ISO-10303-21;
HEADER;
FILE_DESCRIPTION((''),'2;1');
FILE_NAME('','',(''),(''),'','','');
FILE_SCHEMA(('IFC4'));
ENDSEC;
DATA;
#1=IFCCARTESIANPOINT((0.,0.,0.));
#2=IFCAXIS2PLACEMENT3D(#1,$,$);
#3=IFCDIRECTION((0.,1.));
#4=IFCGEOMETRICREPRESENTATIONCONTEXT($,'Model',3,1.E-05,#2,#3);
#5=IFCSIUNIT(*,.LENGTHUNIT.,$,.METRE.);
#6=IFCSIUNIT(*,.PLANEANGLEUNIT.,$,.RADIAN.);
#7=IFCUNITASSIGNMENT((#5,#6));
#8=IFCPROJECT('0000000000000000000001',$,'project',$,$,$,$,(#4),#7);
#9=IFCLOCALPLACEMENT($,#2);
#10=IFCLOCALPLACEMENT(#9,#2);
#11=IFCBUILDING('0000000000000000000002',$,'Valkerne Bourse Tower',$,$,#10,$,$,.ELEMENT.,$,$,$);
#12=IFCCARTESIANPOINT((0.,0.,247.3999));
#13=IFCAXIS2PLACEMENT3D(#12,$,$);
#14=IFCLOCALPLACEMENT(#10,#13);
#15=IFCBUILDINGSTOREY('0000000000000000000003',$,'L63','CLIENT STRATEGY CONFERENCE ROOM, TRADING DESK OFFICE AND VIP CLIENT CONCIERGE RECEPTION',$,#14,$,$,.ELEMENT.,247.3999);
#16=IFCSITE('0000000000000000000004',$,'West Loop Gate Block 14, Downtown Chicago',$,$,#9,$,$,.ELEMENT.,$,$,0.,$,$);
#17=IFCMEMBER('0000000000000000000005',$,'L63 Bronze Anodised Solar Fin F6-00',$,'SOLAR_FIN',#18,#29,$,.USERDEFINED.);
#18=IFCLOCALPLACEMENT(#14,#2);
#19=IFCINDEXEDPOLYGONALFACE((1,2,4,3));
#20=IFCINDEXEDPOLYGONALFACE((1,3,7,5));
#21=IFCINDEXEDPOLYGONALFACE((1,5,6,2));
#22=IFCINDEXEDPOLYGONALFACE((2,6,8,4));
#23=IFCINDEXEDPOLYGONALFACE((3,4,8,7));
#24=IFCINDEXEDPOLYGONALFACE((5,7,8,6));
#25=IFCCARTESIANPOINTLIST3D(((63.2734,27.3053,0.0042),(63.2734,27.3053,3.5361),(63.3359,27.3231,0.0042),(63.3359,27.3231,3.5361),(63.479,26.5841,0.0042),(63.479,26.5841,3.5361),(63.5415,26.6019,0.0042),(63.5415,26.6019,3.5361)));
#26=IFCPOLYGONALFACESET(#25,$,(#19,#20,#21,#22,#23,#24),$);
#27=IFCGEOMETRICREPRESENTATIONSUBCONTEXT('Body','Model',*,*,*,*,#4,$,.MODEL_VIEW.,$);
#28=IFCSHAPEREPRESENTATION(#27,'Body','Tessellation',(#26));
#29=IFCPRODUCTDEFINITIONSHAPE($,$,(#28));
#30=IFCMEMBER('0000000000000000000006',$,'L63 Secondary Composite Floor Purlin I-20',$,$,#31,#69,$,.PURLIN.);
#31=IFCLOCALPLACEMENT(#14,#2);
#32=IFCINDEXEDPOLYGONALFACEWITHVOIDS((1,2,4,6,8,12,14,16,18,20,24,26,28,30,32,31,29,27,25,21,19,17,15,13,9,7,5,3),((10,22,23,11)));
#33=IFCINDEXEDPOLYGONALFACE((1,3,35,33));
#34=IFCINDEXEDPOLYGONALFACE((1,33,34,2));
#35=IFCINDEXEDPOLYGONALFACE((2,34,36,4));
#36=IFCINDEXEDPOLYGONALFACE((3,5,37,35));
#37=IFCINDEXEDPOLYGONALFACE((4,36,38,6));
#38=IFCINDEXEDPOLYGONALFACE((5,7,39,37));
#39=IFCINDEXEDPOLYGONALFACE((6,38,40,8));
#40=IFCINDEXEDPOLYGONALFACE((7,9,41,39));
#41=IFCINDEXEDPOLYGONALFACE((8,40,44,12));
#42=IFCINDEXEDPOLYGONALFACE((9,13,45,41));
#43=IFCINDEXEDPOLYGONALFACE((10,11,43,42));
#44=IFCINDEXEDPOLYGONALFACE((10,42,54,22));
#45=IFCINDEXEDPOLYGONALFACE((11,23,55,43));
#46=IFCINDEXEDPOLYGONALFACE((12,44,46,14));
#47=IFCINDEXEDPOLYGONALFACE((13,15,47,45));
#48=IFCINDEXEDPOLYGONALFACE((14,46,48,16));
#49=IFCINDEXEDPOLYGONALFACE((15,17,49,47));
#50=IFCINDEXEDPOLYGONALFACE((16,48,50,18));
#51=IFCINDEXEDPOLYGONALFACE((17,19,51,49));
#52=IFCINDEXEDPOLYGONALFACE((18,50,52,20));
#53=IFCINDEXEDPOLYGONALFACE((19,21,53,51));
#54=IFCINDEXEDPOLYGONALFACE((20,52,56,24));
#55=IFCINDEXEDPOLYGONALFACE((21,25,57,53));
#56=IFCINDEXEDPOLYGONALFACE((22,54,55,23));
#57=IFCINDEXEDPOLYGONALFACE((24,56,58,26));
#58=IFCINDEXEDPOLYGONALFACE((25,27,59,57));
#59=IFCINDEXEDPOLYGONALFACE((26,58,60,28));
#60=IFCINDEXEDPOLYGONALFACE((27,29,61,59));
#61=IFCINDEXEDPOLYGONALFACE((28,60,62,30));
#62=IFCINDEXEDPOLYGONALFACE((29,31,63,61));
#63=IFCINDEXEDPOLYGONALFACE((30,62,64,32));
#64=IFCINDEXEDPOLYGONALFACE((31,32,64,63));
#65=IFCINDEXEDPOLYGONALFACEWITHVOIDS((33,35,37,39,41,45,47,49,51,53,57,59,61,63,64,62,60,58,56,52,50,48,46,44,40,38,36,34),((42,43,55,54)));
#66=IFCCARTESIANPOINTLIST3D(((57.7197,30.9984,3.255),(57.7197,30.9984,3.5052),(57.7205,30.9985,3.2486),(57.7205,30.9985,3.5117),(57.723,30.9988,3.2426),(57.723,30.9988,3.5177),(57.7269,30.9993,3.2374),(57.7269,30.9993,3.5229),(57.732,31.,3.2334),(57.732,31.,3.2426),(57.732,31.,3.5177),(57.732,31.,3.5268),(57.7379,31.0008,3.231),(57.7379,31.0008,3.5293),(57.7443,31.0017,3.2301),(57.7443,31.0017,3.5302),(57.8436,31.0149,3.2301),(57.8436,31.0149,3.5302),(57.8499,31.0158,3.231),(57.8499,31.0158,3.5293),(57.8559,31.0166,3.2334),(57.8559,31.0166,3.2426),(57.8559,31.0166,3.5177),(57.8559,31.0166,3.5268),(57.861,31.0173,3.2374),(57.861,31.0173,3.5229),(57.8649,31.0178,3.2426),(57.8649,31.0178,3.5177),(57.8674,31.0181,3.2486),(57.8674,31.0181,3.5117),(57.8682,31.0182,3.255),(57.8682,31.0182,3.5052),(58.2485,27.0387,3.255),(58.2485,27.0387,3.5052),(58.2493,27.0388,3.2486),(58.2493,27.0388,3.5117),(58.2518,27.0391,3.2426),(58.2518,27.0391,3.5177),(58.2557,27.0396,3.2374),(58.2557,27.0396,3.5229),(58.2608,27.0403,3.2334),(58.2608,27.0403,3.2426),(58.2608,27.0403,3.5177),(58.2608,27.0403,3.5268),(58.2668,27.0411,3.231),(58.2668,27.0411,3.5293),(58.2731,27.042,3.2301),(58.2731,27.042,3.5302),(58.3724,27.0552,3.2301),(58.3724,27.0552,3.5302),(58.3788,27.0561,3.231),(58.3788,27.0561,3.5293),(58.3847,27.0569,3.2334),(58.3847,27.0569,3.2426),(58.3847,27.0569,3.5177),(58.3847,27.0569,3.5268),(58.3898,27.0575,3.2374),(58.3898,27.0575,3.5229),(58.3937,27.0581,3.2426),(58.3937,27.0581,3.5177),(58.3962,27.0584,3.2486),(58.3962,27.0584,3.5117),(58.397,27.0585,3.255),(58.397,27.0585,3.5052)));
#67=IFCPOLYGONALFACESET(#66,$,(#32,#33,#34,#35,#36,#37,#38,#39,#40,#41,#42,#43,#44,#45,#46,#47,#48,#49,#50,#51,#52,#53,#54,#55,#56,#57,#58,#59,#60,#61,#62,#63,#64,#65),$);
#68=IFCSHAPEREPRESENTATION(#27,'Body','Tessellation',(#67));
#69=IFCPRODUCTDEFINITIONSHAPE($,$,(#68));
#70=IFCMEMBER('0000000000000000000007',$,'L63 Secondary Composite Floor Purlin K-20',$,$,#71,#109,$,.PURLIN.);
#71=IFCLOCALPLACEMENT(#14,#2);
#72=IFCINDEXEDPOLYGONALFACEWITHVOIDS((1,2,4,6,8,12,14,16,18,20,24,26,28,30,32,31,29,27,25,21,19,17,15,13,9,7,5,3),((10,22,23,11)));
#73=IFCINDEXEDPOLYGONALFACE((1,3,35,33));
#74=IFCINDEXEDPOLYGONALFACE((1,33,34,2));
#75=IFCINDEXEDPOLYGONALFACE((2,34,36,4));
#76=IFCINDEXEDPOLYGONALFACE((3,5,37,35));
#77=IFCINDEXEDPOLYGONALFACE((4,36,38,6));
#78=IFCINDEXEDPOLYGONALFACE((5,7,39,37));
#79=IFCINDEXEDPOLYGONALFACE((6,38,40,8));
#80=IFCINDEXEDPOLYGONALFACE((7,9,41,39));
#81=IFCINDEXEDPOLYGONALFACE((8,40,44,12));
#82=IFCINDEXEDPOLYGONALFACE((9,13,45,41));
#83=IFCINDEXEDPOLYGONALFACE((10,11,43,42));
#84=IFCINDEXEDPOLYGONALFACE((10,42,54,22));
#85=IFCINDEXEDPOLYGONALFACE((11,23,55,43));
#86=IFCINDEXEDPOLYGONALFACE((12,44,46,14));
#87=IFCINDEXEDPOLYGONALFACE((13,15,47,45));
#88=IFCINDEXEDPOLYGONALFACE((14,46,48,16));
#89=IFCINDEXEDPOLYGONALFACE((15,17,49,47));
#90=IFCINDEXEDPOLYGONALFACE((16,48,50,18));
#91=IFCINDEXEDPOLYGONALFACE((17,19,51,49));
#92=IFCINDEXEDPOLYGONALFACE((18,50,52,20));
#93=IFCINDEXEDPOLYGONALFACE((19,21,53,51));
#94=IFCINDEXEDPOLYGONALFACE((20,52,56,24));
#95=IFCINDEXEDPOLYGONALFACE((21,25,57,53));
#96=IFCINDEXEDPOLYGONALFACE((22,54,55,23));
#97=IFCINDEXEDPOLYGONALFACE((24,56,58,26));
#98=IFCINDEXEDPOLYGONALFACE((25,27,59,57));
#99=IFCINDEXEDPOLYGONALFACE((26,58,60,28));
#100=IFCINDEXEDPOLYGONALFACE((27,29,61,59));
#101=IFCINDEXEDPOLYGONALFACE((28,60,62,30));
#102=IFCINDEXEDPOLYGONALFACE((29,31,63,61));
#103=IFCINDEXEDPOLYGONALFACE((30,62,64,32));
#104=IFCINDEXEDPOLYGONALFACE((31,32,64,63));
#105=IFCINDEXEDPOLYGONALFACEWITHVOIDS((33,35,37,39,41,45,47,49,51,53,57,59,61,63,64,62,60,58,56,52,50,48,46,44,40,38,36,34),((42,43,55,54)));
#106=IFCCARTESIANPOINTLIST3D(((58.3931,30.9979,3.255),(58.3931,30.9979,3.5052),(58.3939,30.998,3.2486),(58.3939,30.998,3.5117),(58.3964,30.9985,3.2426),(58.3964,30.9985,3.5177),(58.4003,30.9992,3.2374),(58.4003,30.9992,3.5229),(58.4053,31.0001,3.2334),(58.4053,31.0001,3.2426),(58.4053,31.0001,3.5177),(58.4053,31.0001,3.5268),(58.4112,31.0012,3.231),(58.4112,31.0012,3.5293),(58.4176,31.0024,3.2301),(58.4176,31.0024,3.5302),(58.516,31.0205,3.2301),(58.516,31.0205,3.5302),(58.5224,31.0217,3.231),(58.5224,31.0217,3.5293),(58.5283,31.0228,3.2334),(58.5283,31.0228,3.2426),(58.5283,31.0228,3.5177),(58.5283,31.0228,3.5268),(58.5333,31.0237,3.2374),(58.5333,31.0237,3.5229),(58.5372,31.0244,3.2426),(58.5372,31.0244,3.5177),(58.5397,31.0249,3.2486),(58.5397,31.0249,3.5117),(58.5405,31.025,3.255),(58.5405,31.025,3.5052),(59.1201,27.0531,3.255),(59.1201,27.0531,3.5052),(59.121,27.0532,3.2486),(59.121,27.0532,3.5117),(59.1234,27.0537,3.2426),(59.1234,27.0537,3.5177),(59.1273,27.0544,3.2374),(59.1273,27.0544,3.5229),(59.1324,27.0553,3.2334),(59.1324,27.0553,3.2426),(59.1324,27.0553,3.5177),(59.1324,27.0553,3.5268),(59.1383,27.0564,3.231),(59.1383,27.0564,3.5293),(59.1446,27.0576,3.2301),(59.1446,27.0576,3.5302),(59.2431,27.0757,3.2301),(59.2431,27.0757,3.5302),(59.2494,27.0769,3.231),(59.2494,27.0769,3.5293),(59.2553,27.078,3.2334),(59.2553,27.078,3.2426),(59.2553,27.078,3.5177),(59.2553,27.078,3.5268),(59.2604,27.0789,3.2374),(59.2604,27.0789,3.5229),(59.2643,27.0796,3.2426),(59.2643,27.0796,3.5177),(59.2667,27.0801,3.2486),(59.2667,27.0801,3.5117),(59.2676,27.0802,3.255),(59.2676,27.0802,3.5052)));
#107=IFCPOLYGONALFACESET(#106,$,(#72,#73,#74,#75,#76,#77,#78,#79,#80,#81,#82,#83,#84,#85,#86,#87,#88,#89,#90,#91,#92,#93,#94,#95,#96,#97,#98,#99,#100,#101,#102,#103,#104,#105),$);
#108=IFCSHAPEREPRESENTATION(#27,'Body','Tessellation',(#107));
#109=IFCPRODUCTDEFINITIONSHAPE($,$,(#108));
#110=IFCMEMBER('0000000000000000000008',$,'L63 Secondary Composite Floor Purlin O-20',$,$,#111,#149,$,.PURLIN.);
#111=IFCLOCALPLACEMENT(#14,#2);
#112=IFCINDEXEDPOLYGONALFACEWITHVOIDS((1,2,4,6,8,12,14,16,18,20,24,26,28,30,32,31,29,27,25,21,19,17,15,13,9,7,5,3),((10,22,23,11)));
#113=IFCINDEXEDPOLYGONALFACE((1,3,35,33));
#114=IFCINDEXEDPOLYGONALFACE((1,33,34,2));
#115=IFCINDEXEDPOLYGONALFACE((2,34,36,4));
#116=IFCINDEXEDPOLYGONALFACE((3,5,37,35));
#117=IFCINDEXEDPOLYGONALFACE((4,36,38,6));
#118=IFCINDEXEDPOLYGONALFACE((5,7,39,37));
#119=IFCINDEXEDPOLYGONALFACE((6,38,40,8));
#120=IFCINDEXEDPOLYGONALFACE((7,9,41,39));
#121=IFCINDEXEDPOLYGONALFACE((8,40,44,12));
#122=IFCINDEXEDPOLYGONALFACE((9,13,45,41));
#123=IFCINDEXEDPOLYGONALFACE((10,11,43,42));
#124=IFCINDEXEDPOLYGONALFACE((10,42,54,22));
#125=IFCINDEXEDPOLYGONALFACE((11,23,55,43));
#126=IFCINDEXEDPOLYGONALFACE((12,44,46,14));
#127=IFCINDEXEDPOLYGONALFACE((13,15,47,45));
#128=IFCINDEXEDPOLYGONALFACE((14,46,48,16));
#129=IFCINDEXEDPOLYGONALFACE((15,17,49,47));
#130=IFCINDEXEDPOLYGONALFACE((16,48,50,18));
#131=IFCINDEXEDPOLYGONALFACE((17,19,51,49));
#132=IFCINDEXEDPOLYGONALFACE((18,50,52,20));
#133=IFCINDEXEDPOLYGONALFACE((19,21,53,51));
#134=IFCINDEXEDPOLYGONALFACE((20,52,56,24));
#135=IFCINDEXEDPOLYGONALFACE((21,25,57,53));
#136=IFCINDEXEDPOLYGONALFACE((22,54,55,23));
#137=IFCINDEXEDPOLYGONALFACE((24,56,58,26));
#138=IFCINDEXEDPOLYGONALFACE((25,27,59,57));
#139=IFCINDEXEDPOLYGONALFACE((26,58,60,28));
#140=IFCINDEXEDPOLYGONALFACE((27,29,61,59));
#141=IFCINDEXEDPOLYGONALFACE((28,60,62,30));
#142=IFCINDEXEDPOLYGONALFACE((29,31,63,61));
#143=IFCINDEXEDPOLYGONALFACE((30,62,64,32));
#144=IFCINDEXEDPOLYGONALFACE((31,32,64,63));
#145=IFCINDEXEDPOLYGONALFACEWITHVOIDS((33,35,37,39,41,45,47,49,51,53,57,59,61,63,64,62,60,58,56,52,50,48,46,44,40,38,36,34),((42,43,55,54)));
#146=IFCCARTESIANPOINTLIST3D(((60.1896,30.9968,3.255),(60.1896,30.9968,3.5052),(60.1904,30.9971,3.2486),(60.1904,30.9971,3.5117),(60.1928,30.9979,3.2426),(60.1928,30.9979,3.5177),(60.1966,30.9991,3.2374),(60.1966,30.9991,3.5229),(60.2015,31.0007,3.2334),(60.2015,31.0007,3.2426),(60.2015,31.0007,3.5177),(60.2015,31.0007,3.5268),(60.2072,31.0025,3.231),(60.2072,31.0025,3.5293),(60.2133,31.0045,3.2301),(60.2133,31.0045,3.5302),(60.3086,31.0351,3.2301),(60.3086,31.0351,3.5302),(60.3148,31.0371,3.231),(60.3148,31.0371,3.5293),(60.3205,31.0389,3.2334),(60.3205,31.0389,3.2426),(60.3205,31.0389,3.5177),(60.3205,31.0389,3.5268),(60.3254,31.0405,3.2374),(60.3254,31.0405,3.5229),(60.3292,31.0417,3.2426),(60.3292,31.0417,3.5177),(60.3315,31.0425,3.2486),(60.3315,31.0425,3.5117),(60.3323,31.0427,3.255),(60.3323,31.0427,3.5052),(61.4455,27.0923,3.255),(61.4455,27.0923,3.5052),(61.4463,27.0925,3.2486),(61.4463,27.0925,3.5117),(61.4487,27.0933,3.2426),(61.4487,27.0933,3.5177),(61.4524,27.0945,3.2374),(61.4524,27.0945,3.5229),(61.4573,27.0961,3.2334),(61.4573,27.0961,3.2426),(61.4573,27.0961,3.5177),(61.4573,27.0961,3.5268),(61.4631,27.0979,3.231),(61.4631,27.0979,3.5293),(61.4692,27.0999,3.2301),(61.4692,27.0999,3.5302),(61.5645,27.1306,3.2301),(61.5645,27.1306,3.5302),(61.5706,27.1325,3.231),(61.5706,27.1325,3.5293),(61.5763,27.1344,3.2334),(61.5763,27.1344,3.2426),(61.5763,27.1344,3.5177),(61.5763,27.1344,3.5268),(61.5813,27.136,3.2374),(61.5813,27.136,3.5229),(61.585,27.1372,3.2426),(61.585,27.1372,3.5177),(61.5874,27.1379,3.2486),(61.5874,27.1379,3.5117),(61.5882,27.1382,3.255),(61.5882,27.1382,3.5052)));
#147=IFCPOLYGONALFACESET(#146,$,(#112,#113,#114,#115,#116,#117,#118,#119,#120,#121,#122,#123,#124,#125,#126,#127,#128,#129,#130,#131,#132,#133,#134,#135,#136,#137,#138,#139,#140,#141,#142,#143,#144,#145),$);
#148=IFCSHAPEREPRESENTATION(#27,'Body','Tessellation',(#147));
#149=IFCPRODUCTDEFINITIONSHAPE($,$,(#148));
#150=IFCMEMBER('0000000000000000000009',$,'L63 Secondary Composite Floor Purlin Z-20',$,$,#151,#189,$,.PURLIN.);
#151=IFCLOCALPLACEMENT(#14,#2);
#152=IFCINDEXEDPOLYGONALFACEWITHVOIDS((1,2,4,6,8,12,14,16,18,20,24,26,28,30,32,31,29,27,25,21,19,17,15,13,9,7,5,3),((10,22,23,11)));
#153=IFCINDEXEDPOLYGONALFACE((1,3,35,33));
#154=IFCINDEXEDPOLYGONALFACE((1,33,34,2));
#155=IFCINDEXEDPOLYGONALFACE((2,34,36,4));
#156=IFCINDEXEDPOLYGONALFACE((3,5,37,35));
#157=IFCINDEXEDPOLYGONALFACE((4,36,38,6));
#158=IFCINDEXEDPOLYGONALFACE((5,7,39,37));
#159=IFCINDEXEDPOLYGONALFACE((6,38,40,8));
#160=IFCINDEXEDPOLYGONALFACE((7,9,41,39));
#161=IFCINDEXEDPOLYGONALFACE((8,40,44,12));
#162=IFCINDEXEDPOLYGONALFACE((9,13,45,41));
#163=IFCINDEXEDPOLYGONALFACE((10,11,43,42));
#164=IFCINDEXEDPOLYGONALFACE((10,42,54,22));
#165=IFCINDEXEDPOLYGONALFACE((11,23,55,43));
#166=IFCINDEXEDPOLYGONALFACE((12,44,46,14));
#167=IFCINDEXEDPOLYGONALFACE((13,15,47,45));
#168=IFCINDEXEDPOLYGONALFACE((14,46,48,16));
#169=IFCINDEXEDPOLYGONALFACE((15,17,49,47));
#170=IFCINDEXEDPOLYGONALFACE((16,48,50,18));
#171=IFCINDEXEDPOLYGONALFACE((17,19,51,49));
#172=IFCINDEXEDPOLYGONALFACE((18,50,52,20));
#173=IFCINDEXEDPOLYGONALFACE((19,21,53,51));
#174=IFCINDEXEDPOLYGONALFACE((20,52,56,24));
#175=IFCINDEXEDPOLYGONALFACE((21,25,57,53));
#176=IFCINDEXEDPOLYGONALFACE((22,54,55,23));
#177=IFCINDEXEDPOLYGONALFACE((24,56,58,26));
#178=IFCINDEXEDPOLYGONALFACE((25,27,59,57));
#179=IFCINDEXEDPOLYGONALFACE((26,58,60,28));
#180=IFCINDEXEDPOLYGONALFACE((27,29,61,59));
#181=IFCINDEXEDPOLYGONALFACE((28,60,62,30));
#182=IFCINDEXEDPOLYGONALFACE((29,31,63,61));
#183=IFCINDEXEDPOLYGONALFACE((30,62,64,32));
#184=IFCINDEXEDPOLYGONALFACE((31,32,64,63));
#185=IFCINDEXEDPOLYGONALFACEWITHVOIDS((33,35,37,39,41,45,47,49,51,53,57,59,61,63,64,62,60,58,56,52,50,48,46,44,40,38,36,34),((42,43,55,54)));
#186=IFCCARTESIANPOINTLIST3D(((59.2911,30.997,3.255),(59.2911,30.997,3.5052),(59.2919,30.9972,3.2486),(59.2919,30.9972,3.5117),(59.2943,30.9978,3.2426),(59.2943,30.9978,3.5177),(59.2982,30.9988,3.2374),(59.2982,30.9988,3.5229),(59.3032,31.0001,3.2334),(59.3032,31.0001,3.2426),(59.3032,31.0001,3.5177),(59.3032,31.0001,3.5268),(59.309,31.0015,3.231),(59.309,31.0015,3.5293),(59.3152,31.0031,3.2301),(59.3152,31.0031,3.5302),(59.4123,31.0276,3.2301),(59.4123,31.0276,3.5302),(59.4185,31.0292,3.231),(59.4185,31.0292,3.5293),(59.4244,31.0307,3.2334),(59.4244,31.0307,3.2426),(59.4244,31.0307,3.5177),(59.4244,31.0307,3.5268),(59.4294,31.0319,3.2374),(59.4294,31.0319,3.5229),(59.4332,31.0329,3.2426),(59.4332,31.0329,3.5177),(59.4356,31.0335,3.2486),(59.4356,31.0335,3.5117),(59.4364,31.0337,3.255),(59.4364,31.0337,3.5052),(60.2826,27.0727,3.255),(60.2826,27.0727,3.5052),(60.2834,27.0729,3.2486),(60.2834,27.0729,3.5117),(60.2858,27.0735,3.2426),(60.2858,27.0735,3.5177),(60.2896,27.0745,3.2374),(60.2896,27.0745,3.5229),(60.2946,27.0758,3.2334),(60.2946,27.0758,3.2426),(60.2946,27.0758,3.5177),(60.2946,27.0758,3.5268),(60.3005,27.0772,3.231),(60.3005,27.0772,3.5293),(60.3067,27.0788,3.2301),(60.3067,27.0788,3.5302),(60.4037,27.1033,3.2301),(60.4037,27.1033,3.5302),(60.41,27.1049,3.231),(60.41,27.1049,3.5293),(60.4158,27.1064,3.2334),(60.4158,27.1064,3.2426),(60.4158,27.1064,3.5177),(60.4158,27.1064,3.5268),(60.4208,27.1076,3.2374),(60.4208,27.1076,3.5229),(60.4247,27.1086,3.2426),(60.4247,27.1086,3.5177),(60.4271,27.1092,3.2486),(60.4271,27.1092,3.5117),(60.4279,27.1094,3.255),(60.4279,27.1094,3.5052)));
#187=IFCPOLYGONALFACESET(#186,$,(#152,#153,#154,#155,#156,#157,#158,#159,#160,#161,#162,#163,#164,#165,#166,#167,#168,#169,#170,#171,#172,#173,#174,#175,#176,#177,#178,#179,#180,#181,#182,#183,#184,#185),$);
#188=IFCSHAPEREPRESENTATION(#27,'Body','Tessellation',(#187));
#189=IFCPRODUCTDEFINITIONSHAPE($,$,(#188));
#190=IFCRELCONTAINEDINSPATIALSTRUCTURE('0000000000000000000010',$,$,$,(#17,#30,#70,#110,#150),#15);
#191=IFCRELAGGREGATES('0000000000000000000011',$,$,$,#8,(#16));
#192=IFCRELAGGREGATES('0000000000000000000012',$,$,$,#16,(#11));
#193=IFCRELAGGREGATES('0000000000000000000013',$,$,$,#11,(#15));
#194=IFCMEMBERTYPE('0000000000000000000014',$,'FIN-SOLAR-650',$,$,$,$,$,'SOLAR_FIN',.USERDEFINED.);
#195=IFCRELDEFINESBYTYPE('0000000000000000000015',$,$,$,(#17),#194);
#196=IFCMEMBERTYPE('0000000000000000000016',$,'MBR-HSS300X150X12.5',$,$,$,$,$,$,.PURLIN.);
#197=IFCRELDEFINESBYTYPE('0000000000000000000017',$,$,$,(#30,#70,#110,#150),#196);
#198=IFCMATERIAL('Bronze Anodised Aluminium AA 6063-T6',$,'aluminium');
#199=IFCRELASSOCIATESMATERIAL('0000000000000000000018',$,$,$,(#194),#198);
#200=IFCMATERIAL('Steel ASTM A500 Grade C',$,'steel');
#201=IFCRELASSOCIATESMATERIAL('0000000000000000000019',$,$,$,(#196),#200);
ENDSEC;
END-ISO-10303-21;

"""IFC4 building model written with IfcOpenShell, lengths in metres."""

from ifc_helpers import new_model, si_unit, direction, frame, origin, origin_2d, place, context, subcontext, project, spatial, rectangle, hollow_rectangle, extrude, material, material_profile, profile_set, type_object, element, save


model = new_model("IFC4")

# Units and contexts
model_context = context("Model", 3, precision=1e-05, world=origin(), true_north=direction((0.0, 1.0)))
body_context = subcontext(model_context, "Body", "Model", "MODEL_VIEW")
ifc_project = project(units=[si_unit("LENGTHUNIT", "METRE"), si_unit("PLANEANGLEUNIT", "RADIAN")], contexts=[model_context])

# Site, building, storey
site_placement = place(None, origin())
site = spatial("IfcSite", under=ifc_project, at=site_placement, Name="West Loop Gate Block 14, Downtown Chicago", CompositionType="ELEMENT", RefElevation=0.0)
building_placement = place(site_placement, origin())
building = spatial("IfcBuilding", under=site, at=building_placement, Name="Valkerne Bourse Tower", CompositionType="ELEMENT")
storey_placement = place(building_placement, frame((0.0, 0.0, 247.3999)))
storey = spatial("IfcBuildingStorey", under=building, at=storey_placement, Name="L63", Description="CLIENT STRATEGY CONFERENCE ROOM, TRADING DESK OFFICE AND VIP CLIENT CONCIERGE RECEPTION", CompositionType="ELEMENT", Elevation=247.3999)

# Members
ifc_material_1 = material(Name="Bronze Anodised Aluminium AA 6063-T6", Category="aluminium")
ifc_material_profile_1 = material_profile(ifc_material_1, rectangle(XDim=0.0649, YDim=0.75, at=origin_2d()), Name="FIN-65X750")
ifc_profile_set_1 = profile_set([ifc_material_profile_1], Name="Bronze Anodised Aluminium AA 6063-T6")
member_type_1 = type_object("IfcMemberType", Name="FIN-SOLAR-650", ElementType="SOLAR_FIN", PredefinedType="USERDEFINED", material=ifc_profile_set_1)
for number, where, z_axis, x_axis, name in (
    (1, (63.4075, 26.9536, 0.0042), (0.0, 0.0, 1.0), (0.961693, 0.274129, 0.0), "L63 Bronze Anodised Solar Fin F6-00"),
):
    element("IfcMember", number, at=place(storey_placement, frame(where, z_axis=z_axis, x_axis=x_axis)), inside=storey, type_object=member_type_1, Name=name, ObjectType="SOLAR_FIN", PredefinedType="USERDEFINED", context=body_context, shape_type="SweptSolid", body=[
        extrude(rectangle(XDim=0.0649, YDim=0.75, at=origin_2d()), origin(), (0.0, 0.0, 1.0), 3.532),
    ])
ifc_material_2 = material(Name="Steel ASTM A500 Grade C", Category="steel")
ifc_material_profile_2 = material_profile(ifc_material_2, hollow_rectangle(XDim=0.1499, YDim=0.3, WallThickness=0.0125, OuterFilletRadius=0.0249, at=origin_2d()), Name="HSS300X150X12.5")
ifc_profile_set_2 = profile_set([ifc_material_profile_2], Name="Steel ASTM A500 Grade C")
member_type_2 = type_object("IfcMemberType", Name="MBR-HSS300X150X12.5", PredefinedType="PURLIN", material=ifc_profile_set_2)
member_1_placement = place(storey_placement, frame((58.3228, 27.0486, 3.3801), z_axis=(-0.132372, 0.9912, 0.0), x_axis=(-0.9912, -0.132372, 0.0)))
element("IfcMember", 2, at=member_1_placement, inside=storey, type_object=member_type_2, Name="L63 Secondary Composite Floor Purlin I-20", PredefinedType="PURLIN", context=body_context, shape_type="SweptSolid", body=[
    extrude(hollow_rectangle(XDim=0.1499, YDim=0.3, WallThickness=0.0125, OuterFilletRadius=0.0249, at=origin_2d()), origin(), (0.0, 0.0, 1.0), 3.9949),
])
member_2_placement = place(storey_placement, frame((59.1938, 27.0667, 3.3801), z_axis=(-0.181252, 0.983437, 0.0), x_axis=(-0.983437, -0.181252, 0.0)))
element("IfcMember", 3, at=member_2_placement, inside=storey, type_object=member_type_2, Name="L63 Secondary Composite Floor Purlin K-20", PredefinedType="PURLIN", context=body_context, shape_type="SweptSolid", body=[
    extrude(hollow_rectangle(XDim=0.1499, YDim=0.3, WallThickness=0.0125, OuterFilletRadius=0.0249, at=origin_2d()), origin(), (0.0, 0.0, 1.0), 4.0112),
])
member_3_placement = place(storey_placement, frame((61.5168, 27.1152, 3.3801), z_axis=(-0.306192, 0.95197, 0.0), x_axis=(-0.95197, -0.306192, 0.0)))
element("IfcMember", 4, at=member_3_placement, inside=storey, type_object=member_type_2, Name="L63 Secondary Composite Floor Purlin O-20", PredefinedType="PURLIN", context=body_context, shape_type="SweptSolid", body=[
    extrude(hollow_rectangle(XDim=0.1499, YDim=0.3, WallThickness=0.0125, OuterFilletRadius=0.0249, at=origin_2d()), origin(), (0.0, 0.0, 1.0), 4.1016),
])
member_4_placement = place(storey_placement, frame((60.3552, 27.0911, 3.3801), z_axis=(-0.244948, 0.969536, 0.0), x_axis=(-0.969536, -0.244948, 0.0)))
element("IfcMember", 5, at=member_4_placement, inside=storey, type_object=member_type_2, Name="L63 Secondary Composite Floor Purlin Z-20", PredefinedType="PURLIN", context=body_context, shape_type="SweptSolid", body=[
    extrude(hollow_rectangle(XDim=0.1499, YDim=0.3, WallThickness=0.0125, OuterFilletRadius=0.0249, at=origin_2d()), origin(), (0.0, 0.0, 1.0), 4.0476),
])

save(model, "model.ifc")
